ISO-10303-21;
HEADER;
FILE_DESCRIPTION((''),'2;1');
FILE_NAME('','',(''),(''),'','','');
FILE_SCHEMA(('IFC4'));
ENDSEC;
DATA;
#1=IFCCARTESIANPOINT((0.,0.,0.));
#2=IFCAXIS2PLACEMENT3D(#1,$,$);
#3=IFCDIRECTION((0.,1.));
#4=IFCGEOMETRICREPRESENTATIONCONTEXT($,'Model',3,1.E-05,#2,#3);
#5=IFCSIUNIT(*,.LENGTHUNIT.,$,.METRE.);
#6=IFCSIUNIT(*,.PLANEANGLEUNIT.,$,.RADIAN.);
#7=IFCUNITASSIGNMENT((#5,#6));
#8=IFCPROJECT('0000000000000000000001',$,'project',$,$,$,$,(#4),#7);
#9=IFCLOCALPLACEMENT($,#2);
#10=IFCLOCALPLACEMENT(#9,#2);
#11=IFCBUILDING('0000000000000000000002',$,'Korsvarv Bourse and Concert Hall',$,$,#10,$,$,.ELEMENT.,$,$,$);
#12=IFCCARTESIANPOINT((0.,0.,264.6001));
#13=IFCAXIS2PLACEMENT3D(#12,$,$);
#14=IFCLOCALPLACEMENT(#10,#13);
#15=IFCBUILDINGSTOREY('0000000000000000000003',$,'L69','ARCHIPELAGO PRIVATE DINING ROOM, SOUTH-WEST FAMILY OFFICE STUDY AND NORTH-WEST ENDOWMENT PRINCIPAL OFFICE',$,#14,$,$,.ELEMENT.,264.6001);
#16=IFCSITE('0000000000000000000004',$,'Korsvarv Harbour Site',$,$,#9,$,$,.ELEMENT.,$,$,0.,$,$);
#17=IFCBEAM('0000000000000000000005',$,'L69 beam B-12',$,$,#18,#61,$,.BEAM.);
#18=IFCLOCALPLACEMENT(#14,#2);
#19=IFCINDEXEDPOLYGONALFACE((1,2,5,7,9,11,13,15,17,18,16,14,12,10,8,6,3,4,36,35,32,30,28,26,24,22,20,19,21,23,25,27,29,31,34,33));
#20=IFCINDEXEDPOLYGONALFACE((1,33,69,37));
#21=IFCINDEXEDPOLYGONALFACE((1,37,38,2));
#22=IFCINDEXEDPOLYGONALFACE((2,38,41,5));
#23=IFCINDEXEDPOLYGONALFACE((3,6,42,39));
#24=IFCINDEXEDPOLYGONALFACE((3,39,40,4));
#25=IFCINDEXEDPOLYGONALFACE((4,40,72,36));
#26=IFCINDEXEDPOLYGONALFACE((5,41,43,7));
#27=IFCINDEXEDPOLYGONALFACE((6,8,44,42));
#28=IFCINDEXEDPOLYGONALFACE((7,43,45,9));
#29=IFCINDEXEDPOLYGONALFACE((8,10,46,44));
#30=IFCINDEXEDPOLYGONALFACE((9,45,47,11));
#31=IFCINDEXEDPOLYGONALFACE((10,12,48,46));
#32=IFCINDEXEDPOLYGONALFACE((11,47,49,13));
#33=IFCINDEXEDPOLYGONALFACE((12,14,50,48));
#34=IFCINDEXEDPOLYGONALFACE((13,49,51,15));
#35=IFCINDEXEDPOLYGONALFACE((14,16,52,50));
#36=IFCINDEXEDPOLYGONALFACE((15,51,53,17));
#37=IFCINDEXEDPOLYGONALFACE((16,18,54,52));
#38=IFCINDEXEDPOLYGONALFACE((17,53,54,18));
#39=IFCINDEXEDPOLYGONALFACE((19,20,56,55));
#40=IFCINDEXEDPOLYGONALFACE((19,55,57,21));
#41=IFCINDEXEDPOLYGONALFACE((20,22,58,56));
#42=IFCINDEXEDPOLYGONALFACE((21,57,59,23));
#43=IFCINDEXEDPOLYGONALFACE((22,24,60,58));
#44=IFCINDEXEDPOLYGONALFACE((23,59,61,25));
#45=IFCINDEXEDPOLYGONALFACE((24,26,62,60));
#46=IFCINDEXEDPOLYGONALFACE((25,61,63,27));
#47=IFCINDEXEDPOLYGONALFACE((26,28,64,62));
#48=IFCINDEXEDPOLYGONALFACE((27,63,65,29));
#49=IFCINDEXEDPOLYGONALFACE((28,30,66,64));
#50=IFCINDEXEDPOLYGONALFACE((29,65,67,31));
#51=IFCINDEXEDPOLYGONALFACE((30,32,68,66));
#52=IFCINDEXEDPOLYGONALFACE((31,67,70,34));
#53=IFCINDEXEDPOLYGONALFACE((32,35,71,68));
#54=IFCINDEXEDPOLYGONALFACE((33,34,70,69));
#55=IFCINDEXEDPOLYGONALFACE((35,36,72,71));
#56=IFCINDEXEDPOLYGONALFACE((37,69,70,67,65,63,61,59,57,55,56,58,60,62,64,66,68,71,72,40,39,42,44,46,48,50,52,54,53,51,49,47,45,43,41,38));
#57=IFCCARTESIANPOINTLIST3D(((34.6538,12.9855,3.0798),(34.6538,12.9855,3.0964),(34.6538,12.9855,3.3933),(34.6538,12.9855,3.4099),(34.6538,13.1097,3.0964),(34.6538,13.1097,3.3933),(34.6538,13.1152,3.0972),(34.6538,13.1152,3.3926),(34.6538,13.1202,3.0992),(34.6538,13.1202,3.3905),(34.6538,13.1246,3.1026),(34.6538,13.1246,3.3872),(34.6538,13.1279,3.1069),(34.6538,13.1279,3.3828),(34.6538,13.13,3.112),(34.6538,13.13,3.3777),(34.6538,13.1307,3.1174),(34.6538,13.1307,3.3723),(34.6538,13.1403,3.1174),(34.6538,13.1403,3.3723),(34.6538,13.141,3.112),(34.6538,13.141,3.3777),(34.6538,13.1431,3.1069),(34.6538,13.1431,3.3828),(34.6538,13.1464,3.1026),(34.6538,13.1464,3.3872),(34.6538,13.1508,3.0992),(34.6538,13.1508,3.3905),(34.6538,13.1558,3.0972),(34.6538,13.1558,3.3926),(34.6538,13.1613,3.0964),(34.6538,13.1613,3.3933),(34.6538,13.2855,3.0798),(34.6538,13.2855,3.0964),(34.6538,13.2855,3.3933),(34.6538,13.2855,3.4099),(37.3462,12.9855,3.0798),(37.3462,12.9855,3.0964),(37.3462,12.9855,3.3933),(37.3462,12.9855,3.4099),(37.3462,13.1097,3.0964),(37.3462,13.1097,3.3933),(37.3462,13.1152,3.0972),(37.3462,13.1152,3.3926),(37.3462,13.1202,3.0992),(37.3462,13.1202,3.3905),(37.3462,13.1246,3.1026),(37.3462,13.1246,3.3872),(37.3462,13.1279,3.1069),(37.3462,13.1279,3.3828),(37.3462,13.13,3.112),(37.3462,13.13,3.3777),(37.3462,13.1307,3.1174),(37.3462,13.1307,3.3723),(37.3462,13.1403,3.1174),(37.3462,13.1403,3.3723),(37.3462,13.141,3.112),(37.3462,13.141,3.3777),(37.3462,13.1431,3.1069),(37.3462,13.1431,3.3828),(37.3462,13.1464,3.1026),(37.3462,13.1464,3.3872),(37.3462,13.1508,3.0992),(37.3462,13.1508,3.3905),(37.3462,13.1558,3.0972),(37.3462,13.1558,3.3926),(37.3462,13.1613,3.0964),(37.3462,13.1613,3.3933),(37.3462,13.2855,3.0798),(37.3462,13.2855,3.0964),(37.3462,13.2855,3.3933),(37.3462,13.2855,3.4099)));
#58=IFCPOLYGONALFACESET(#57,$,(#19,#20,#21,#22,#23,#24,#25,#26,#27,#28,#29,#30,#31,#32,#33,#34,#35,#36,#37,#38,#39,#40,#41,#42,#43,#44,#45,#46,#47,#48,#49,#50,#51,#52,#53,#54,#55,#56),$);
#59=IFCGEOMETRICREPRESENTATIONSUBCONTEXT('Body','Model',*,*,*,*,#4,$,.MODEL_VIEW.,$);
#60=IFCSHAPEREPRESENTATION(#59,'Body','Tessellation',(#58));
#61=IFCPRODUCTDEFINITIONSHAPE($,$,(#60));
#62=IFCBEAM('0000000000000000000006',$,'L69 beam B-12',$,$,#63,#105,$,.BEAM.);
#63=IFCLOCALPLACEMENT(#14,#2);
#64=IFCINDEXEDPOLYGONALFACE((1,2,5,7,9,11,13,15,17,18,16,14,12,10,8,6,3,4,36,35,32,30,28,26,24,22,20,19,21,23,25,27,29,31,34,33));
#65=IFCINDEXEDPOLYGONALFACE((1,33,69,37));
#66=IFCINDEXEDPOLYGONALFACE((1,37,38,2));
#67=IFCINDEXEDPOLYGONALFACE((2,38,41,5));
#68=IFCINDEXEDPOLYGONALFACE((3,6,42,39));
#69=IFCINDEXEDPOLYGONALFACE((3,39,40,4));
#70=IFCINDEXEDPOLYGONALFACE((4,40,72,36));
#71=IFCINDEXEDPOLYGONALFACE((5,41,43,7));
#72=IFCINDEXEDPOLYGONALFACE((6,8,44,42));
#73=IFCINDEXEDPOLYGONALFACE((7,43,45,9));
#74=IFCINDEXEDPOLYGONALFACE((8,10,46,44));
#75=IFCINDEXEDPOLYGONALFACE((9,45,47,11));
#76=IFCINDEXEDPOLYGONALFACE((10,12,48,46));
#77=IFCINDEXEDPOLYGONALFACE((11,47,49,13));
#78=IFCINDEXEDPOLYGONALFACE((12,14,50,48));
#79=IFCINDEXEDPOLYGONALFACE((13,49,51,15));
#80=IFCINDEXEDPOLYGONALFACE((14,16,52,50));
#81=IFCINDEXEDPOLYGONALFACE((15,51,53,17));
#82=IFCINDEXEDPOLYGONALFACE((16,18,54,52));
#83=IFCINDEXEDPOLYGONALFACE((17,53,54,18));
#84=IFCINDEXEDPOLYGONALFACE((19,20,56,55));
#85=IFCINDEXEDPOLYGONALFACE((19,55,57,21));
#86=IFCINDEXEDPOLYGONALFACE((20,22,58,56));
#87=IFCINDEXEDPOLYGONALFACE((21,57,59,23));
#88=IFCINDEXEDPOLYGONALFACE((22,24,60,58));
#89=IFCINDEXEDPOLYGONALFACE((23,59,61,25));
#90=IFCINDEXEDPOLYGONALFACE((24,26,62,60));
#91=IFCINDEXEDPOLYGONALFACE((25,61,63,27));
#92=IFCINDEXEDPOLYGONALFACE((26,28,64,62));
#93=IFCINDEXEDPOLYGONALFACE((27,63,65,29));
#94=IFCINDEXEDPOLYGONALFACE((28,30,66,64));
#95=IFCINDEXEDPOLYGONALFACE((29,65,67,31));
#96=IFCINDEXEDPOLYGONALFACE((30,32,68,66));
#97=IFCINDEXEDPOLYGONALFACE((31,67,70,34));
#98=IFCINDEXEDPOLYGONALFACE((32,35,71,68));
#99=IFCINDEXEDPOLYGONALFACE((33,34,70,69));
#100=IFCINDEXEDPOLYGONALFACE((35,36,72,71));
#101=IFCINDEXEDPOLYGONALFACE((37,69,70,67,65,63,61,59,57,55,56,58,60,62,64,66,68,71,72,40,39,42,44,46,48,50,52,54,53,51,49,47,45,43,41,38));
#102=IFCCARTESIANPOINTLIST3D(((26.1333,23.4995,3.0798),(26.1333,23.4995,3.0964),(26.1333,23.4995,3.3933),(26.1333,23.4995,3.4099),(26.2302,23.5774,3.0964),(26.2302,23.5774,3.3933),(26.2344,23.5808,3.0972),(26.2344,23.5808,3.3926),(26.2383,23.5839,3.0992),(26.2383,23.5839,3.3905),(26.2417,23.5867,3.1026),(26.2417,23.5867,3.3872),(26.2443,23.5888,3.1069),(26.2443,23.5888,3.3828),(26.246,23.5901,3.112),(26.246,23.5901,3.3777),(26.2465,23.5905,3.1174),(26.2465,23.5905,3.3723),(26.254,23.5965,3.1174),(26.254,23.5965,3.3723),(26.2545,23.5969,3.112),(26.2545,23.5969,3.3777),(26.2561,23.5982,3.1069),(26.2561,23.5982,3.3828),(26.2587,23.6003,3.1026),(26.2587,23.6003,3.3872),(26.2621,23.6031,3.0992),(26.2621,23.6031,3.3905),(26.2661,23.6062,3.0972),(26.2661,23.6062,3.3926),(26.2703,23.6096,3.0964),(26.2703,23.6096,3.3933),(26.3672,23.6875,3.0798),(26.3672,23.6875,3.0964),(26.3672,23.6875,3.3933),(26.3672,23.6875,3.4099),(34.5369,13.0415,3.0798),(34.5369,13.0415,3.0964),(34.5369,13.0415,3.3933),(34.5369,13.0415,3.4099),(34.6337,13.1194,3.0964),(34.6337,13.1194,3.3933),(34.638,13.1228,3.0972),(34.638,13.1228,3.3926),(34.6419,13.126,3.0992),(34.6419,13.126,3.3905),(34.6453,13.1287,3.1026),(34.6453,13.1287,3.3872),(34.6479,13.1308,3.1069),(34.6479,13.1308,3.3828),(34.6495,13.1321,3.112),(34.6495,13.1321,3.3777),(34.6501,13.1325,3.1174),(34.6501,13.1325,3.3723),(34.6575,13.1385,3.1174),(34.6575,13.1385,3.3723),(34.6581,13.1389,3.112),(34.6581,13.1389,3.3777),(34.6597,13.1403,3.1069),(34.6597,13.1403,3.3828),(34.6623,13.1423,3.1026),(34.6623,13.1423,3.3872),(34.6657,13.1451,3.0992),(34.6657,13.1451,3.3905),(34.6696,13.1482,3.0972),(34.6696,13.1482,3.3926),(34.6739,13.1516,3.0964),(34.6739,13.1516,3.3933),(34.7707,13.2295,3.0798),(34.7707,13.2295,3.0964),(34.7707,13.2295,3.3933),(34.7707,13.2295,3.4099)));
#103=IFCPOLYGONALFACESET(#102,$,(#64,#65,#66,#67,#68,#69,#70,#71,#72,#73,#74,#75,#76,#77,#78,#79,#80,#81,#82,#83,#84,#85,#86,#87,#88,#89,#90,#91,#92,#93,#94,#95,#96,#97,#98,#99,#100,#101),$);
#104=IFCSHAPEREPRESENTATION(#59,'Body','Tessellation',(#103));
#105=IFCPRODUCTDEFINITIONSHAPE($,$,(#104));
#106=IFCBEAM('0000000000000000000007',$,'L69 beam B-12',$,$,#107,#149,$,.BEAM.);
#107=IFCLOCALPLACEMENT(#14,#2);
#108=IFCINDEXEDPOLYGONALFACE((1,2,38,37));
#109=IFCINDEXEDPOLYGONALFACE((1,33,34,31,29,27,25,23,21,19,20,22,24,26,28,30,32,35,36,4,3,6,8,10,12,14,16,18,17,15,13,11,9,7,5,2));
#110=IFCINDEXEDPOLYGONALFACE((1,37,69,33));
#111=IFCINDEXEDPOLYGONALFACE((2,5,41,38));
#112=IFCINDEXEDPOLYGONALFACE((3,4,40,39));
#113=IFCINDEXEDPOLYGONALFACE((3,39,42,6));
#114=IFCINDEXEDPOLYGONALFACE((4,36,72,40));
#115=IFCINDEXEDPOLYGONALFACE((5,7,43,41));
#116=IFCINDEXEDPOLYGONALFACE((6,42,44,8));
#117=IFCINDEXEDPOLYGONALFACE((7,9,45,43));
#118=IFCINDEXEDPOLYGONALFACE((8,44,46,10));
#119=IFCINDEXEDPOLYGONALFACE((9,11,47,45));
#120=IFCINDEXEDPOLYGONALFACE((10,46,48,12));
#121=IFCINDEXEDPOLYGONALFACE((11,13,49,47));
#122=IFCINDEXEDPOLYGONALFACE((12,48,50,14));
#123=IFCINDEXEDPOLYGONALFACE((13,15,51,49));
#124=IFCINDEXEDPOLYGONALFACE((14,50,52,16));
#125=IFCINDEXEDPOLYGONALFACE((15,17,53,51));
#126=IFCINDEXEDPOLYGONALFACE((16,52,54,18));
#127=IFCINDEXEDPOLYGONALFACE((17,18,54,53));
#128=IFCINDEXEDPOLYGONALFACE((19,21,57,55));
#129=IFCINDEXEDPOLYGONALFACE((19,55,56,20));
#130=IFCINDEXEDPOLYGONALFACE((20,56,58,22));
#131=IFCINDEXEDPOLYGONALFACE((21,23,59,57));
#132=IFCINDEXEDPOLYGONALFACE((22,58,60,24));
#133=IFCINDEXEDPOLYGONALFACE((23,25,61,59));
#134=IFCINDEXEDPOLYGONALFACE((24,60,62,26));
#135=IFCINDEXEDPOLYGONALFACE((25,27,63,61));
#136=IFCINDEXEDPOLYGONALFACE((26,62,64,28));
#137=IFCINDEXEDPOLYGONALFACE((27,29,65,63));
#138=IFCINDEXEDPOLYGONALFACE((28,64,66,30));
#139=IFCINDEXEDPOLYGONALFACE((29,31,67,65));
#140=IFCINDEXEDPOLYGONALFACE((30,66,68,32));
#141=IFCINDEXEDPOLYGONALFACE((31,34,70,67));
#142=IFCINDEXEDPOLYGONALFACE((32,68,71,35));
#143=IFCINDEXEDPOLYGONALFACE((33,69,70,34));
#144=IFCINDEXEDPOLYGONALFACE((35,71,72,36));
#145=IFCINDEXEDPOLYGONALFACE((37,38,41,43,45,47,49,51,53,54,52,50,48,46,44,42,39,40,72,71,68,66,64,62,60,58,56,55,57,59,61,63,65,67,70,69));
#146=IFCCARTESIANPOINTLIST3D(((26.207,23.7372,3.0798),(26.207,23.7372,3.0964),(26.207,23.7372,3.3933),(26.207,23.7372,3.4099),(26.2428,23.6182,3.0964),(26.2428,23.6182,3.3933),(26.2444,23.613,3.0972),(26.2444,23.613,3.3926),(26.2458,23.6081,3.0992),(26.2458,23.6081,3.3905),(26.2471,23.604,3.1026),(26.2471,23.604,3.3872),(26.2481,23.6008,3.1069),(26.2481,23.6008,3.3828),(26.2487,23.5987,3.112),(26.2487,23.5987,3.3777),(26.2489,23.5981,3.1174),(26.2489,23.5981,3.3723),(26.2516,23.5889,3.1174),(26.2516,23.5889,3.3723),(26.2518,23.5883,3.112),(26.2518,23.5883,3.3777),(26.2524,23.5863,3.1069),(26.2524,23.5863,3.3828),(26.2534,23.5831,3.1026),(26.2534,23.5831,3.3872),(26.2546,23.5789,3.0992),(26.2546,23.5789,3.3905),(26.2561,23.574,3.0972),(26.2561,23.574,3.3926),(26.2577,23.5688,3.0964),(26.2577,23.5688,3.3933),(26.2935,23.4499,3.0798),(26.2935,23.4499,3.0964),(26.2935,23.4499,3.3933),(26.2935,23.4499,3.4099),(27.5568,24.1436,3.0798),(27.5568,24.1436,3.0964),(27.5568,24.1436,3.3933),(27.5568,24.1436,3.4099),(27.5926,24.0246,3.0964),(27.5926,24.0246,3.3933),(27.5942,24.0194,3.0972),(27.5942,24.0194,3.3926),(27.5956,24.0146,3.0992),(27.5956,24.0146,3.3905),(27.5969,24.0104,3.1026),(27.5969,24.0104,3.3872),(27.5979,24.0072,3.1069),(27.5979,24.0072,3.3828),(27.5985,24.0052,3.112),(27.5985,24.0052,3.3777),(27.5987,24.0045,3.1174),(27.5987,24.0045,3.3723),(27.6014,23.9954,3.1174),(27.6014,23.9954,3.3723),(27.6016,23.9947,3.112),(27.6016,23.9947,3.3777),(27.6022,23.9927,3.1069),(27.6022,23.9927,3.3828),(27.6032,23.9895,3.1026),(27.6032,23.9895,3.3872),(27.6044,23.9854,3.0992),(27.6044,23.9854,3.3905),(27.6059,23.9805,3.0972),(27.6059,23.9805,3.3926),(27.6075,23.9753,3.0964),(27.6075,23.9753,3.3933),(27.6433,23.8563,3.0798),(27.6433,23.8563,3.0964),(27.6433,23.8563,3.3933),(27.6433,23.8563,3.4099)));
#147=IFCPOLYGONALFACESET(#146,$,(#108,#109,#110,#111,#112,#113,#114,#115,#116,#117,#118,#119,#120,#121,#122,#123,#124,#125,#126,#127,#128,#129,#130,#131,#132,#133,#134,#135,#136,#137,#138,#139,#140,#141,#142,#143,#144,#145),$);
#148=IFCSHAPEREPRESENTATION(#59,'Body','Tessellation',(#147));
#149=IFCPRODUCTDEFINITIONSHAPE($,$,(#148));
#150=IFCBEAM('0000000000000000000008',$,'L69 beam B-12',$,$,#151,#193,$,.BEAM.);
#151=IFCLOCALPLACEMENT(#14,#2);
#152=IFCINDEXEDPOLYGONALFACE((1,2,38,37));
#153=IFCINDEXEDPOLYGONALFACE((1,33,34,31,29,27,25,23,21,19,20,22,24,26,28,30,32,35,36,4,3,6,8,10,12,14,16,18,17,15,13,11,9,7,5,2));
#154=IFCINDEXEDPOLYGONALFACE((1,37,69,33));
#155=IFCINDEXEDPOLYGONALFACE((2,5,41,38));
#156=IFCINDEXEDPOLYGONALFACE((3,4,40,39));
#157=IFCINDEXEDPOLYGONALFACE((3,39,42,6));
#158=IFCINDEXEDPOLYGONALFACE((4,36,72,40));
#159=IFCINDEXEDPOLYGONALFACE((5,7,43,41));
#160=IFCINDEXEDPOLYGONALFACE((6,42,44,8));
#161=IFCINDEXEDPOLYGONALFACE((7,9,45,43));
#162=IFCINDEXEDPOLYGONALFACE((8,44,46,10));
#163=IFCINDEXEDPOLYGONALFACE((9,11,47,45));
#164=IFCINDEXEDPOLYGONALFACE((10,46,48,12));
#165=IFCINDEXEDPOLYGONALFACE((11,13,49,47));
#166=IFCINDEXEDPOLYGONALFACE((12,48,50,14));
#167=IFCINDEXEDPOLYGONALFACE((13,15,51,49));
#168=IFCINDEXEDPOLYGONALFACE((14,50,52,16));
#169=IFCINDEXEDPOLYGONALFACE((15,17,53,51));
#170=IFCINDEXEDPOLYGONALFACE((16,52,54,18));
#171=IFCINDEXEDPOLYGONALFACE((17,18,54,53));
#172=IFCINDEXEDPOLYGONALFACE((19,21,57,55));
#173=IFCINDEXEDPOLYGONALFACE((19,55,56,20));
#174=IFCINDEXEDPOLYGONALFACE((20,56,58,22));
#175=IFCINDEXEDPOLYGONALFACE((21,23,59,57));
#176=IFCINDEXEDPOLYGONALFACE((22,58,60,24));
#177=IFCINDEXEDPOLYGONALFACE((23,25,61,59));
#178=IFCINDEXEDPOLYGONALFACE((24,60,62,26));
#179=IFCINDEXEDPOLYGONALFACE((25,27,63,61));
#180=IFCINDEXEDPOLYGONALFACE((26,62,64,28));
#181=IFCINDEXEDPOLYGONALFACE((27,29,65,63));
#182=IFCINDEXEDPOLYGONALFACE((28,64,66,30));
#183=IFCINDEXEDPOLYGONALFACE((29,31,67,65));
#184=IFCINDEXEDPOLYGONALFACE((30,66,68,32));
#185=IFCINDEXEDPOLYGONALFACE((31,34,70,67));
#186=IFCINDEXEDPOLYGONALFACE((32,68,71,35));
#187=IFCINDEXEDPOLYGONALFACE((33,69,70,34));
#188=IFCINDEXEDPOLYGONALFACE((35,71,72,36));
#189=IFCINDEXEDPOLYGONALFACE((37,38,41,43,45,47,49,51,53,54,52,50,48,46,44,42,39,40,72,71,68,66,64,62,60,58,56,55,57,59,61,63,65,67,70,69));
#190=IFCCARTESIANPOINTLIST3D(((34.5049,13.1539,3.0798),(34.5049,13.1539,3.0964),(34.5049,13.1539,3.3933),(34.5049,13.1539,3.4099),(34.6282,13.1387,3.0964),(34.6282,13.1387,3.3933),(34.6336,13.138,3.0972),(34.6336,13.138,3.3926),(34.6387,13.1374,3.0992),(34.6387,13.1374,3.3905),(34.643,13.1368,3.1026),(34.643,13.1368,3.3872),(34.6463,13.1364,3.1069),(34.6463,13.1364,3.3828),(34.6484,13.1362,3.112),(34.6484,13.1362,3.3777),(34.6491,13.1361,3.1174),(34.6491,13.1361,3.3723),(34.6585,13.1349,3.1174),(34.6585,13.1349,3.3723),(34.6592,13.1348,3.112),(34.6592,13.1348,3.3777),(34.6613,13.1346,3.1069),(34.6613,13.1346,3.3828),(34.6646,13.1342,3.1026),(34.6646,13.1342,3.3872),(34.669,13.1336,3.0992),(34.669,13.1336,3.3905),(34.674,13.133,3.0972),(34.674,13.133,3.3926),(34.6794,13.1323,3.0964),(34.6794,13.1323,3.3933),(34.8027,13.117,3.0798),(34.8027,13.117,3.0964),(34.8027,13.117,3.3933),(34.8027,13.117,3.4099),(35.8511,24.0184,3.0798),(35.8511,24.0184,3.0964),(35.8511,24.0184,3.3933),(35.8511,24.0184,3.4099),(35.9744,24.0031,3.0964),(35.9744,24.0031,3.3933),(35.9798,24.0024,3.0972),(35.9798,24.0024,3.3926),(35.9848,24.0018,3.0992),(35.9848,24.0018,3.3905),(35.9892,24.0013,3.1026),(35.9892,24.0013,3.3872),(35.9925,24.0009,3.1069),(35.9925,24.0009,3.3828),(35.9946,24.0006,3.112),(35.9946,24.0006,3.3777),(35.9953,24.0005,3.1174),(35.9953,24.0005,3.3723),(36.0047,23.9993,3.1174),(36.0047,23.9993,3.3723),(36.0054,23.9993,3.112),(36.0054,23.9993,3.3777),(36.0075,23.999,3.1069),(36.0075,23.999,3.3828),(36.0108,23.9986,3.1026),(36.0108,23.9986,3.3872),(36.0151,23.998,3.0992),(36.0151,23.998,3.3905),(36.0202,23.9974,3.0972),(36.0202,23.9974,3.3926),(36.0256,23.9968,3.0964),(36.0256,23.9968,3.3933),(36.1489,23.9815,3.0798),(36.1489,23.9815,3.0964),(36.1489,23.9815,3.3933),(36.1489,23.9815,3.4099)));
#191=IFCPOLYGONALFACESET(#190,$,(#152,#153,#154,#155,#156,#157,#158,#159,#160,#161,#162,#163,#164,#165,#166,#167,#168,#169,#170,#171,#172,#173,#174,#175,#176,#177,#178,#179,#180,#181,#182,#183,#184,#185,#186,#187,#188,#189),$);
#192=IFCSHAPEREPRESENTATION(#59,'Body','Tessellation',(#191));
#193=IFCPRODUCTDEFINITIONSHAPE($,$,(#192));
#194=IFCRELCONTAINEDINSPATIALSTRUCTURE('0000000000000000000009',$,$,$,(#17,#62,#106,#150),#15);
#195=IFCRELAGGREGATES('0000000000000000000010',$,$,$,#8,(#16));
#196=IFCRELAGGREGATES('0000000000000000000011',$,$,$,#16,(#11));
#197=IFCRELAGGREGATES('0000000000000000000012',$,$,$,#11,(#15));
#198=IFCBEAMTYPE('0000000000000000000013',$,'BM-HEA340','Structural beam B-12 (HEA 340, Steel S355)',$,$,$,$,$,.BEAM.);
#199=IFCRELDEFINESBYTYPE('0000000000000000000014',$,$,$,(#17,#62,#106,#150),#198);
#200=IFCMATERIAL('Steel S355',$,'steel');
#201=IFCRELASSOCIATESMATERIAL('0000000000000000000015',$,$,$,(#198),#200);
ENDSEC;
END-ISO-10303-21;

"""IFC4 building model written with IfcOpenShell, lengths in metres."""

from ifc_helpers import new_model, si_unit, direction, frame, origin, origin_2d, place, context, subcontext, project, spatial, i_section, extrude, source, transform, mapped, material, material_profile, profile_set, type_object, element, save


model = new_model("IFC4")

# Units and contexts
model_context = context("Model", 3, precision=1e-05, world=origin(), true_north=direction((0.0, 1.0)))
body_context = subcontext(model_context, "Body", "Model", "MODEL_VIEW")
ifc_project = project(units=[si_unit("LENGTHUNIT", "METRE"), si_unit("PLANEANGLEUNIT", "RADIAN")], contexts=[model_context])

# Site, building, storey
site_placement = place(None, origin())
site = spatial("IfcSite", under=ifc_project, at=site_placement, Name="Korsvarv Harbour Site", CompositionType="ELEMENT", RefElevation=0.0)
building_placement = place(site_placement, origin())
building = spatial("IfcBuilding", under=site, at=building_placement, Name="Korsvarv Bourse and Concert Hall", CompositionType="ELEMENT")
storey_placement = place(building_placement, frame((0.0, 0.0, 264.6001)))
storey = spatial("IfcBuildingStorey", under=building, at=storey_placement, Name="L69", Description="ARCHIPELAGO PRIVATE DINING ROOM, SOUTH-WEST FAMILY OFFICE STUDY AND NORTH-WEST ENDOWMENT PRINCIPAL OFFICE", CompositionType="ELEMENT", Elevation=264.6001)

# Shared definitions
ifc_material_1 = material(Name="Steel S355", Category="steel")

# Beams
ifc_material_profile_1 = material_profile(ifc_material_1, i_section(OverallWidth=0.3, OverallDepth=0.3301, WebThickness=0.0095, FlangeThickness=0.0166, FilletRadius=0.021, at=origin_2d()), Name="HEA 340")
ifc_profile_set_1 = profile_set([ifc_material_profile_1], Name="Steel S355")
beam_type_1 = type_object("IfcBeamType", Name="BM-HEA340", Description="Structural beam B-12 (HEA 340, Steel S355)", PredefinedType="BEAM", material=ifc_profile_set_1)
shared_shape_1 = source(origin(), body_context, "Body", "SweptSolid", [
    extrude(i_section(OverallWidth=0.3, OverallDepth=0.3301, WebThickness=0.0095, FlangeThickness=0.0166, FilletRadius=0.021, at=origin_2d()), origin(), (0.0, 0.0, 1.0), 2.6924),
])
beam_1_placement = place(storey_placement, frame((34.6538, 13.1355, 3.2449), z_axis=(1.0, 0.0, 0.0), x_axis=(0.0, 1.0, 0.0)))
element("IfcBeam", 1, at=beam_1_placement, inside=storey, type_object=beam_type_1, Name="L69 beam B-12", PredefinedType="BEAM", context=body_context, shape_type="MappedRepresentation", body=[
    mapped(shared_shape_1, transform((0.0, 0.0, 0.0), scale=1.0)),
])
shared_shape_2 = source(origin(), body_context, "Body", "SweptSolid", [
    extrude(i_section(OverallWidth=0.3, OverallDepth=0.3301, WebThickness=0.0095, FlangeThickness=0.0166, FilletRadius=0.021, at=origin_2d()), origin(), (0.0, 0.0, 1.0), 13.416),
])
beam_2_placement = place(storey_placement, frame((26.2502, 23.5935, 3.2449), z_axis=(0.626382, -0.779516, 0.0), x_axis=(0.779516, 0.626382, 0.0)))
element("IfcBeam", 2, at=beam_2_placement, inside=storey, type_object=beam_type_1, Name="L69 beam B-12", PredefinedType="BEAM", context=body_context, shape_type="MappedRepresentation", body=[
    mapped(shared_shape_2, transform((0.0, 0.0, 0.0), scale=1.0)),
])
shared_shape_3 = source(origin(), body_context, "Body", "SweptSolid", [
    extrude(i_section(OverallWidth=0.3, OverallDepth=0.3301, WebThickness=0.0095, FlangeThickness=0.0166, FilletRadius=0.021, at=origin_2d()), origin(), (0.0, 0.0, 1.0), 1.4097),
])
beam_3_placement = place(storey_placement, frame((26.2502, 23.5935, 3.2449), z_axis=(0.957525, 0.288349, 0.0), x_axis=(-0.288349, 0.957525, 0.0)))
element("IfcBeam", 3, at=beam_3_placement, inside=storey, type_object=beam_type_1, Name="L69 beam B-12", PredefinedType="BEAM", context=body_context, shape_type="MappedRepresentation", body=[
    mapped(shared_shape_3, transform((0.0, 0.0, 0.0), scale=1.0)),
])
shared_shape_4 = source(origin(), body_context, "Body", "SweptSolid", [
    extrude(i_section(OverallWidth=0.3, OverallDepth=0.3301, WebThickness=0.0095, FlangeThickness=0.0166, FilletRadius=0.021, at=origin_2d()), origin(), (0.0, 0.0, 1.0), 10.9475),
])
beam_4_placement = place(storey_placement, frame((34.6538, 13.1355, 3.2449), z_axis=(0.122967, 0.992411, 0.0), x_axis=(-0.992411, 0.122967, 0.0)))
element("IfcBeam", 4, at=beam_4_placement, inside=storey, type_object=beam_type_1, Name="L69 beam B-12", PredefinedType="BEAM", context=body_context, shape_type="MappedRepresentation", body=[
    mapped(shared_shape_4, transform((0.0, 0.0, 0.0), scale=1.0)),
])

save(model, "model.ifc")
